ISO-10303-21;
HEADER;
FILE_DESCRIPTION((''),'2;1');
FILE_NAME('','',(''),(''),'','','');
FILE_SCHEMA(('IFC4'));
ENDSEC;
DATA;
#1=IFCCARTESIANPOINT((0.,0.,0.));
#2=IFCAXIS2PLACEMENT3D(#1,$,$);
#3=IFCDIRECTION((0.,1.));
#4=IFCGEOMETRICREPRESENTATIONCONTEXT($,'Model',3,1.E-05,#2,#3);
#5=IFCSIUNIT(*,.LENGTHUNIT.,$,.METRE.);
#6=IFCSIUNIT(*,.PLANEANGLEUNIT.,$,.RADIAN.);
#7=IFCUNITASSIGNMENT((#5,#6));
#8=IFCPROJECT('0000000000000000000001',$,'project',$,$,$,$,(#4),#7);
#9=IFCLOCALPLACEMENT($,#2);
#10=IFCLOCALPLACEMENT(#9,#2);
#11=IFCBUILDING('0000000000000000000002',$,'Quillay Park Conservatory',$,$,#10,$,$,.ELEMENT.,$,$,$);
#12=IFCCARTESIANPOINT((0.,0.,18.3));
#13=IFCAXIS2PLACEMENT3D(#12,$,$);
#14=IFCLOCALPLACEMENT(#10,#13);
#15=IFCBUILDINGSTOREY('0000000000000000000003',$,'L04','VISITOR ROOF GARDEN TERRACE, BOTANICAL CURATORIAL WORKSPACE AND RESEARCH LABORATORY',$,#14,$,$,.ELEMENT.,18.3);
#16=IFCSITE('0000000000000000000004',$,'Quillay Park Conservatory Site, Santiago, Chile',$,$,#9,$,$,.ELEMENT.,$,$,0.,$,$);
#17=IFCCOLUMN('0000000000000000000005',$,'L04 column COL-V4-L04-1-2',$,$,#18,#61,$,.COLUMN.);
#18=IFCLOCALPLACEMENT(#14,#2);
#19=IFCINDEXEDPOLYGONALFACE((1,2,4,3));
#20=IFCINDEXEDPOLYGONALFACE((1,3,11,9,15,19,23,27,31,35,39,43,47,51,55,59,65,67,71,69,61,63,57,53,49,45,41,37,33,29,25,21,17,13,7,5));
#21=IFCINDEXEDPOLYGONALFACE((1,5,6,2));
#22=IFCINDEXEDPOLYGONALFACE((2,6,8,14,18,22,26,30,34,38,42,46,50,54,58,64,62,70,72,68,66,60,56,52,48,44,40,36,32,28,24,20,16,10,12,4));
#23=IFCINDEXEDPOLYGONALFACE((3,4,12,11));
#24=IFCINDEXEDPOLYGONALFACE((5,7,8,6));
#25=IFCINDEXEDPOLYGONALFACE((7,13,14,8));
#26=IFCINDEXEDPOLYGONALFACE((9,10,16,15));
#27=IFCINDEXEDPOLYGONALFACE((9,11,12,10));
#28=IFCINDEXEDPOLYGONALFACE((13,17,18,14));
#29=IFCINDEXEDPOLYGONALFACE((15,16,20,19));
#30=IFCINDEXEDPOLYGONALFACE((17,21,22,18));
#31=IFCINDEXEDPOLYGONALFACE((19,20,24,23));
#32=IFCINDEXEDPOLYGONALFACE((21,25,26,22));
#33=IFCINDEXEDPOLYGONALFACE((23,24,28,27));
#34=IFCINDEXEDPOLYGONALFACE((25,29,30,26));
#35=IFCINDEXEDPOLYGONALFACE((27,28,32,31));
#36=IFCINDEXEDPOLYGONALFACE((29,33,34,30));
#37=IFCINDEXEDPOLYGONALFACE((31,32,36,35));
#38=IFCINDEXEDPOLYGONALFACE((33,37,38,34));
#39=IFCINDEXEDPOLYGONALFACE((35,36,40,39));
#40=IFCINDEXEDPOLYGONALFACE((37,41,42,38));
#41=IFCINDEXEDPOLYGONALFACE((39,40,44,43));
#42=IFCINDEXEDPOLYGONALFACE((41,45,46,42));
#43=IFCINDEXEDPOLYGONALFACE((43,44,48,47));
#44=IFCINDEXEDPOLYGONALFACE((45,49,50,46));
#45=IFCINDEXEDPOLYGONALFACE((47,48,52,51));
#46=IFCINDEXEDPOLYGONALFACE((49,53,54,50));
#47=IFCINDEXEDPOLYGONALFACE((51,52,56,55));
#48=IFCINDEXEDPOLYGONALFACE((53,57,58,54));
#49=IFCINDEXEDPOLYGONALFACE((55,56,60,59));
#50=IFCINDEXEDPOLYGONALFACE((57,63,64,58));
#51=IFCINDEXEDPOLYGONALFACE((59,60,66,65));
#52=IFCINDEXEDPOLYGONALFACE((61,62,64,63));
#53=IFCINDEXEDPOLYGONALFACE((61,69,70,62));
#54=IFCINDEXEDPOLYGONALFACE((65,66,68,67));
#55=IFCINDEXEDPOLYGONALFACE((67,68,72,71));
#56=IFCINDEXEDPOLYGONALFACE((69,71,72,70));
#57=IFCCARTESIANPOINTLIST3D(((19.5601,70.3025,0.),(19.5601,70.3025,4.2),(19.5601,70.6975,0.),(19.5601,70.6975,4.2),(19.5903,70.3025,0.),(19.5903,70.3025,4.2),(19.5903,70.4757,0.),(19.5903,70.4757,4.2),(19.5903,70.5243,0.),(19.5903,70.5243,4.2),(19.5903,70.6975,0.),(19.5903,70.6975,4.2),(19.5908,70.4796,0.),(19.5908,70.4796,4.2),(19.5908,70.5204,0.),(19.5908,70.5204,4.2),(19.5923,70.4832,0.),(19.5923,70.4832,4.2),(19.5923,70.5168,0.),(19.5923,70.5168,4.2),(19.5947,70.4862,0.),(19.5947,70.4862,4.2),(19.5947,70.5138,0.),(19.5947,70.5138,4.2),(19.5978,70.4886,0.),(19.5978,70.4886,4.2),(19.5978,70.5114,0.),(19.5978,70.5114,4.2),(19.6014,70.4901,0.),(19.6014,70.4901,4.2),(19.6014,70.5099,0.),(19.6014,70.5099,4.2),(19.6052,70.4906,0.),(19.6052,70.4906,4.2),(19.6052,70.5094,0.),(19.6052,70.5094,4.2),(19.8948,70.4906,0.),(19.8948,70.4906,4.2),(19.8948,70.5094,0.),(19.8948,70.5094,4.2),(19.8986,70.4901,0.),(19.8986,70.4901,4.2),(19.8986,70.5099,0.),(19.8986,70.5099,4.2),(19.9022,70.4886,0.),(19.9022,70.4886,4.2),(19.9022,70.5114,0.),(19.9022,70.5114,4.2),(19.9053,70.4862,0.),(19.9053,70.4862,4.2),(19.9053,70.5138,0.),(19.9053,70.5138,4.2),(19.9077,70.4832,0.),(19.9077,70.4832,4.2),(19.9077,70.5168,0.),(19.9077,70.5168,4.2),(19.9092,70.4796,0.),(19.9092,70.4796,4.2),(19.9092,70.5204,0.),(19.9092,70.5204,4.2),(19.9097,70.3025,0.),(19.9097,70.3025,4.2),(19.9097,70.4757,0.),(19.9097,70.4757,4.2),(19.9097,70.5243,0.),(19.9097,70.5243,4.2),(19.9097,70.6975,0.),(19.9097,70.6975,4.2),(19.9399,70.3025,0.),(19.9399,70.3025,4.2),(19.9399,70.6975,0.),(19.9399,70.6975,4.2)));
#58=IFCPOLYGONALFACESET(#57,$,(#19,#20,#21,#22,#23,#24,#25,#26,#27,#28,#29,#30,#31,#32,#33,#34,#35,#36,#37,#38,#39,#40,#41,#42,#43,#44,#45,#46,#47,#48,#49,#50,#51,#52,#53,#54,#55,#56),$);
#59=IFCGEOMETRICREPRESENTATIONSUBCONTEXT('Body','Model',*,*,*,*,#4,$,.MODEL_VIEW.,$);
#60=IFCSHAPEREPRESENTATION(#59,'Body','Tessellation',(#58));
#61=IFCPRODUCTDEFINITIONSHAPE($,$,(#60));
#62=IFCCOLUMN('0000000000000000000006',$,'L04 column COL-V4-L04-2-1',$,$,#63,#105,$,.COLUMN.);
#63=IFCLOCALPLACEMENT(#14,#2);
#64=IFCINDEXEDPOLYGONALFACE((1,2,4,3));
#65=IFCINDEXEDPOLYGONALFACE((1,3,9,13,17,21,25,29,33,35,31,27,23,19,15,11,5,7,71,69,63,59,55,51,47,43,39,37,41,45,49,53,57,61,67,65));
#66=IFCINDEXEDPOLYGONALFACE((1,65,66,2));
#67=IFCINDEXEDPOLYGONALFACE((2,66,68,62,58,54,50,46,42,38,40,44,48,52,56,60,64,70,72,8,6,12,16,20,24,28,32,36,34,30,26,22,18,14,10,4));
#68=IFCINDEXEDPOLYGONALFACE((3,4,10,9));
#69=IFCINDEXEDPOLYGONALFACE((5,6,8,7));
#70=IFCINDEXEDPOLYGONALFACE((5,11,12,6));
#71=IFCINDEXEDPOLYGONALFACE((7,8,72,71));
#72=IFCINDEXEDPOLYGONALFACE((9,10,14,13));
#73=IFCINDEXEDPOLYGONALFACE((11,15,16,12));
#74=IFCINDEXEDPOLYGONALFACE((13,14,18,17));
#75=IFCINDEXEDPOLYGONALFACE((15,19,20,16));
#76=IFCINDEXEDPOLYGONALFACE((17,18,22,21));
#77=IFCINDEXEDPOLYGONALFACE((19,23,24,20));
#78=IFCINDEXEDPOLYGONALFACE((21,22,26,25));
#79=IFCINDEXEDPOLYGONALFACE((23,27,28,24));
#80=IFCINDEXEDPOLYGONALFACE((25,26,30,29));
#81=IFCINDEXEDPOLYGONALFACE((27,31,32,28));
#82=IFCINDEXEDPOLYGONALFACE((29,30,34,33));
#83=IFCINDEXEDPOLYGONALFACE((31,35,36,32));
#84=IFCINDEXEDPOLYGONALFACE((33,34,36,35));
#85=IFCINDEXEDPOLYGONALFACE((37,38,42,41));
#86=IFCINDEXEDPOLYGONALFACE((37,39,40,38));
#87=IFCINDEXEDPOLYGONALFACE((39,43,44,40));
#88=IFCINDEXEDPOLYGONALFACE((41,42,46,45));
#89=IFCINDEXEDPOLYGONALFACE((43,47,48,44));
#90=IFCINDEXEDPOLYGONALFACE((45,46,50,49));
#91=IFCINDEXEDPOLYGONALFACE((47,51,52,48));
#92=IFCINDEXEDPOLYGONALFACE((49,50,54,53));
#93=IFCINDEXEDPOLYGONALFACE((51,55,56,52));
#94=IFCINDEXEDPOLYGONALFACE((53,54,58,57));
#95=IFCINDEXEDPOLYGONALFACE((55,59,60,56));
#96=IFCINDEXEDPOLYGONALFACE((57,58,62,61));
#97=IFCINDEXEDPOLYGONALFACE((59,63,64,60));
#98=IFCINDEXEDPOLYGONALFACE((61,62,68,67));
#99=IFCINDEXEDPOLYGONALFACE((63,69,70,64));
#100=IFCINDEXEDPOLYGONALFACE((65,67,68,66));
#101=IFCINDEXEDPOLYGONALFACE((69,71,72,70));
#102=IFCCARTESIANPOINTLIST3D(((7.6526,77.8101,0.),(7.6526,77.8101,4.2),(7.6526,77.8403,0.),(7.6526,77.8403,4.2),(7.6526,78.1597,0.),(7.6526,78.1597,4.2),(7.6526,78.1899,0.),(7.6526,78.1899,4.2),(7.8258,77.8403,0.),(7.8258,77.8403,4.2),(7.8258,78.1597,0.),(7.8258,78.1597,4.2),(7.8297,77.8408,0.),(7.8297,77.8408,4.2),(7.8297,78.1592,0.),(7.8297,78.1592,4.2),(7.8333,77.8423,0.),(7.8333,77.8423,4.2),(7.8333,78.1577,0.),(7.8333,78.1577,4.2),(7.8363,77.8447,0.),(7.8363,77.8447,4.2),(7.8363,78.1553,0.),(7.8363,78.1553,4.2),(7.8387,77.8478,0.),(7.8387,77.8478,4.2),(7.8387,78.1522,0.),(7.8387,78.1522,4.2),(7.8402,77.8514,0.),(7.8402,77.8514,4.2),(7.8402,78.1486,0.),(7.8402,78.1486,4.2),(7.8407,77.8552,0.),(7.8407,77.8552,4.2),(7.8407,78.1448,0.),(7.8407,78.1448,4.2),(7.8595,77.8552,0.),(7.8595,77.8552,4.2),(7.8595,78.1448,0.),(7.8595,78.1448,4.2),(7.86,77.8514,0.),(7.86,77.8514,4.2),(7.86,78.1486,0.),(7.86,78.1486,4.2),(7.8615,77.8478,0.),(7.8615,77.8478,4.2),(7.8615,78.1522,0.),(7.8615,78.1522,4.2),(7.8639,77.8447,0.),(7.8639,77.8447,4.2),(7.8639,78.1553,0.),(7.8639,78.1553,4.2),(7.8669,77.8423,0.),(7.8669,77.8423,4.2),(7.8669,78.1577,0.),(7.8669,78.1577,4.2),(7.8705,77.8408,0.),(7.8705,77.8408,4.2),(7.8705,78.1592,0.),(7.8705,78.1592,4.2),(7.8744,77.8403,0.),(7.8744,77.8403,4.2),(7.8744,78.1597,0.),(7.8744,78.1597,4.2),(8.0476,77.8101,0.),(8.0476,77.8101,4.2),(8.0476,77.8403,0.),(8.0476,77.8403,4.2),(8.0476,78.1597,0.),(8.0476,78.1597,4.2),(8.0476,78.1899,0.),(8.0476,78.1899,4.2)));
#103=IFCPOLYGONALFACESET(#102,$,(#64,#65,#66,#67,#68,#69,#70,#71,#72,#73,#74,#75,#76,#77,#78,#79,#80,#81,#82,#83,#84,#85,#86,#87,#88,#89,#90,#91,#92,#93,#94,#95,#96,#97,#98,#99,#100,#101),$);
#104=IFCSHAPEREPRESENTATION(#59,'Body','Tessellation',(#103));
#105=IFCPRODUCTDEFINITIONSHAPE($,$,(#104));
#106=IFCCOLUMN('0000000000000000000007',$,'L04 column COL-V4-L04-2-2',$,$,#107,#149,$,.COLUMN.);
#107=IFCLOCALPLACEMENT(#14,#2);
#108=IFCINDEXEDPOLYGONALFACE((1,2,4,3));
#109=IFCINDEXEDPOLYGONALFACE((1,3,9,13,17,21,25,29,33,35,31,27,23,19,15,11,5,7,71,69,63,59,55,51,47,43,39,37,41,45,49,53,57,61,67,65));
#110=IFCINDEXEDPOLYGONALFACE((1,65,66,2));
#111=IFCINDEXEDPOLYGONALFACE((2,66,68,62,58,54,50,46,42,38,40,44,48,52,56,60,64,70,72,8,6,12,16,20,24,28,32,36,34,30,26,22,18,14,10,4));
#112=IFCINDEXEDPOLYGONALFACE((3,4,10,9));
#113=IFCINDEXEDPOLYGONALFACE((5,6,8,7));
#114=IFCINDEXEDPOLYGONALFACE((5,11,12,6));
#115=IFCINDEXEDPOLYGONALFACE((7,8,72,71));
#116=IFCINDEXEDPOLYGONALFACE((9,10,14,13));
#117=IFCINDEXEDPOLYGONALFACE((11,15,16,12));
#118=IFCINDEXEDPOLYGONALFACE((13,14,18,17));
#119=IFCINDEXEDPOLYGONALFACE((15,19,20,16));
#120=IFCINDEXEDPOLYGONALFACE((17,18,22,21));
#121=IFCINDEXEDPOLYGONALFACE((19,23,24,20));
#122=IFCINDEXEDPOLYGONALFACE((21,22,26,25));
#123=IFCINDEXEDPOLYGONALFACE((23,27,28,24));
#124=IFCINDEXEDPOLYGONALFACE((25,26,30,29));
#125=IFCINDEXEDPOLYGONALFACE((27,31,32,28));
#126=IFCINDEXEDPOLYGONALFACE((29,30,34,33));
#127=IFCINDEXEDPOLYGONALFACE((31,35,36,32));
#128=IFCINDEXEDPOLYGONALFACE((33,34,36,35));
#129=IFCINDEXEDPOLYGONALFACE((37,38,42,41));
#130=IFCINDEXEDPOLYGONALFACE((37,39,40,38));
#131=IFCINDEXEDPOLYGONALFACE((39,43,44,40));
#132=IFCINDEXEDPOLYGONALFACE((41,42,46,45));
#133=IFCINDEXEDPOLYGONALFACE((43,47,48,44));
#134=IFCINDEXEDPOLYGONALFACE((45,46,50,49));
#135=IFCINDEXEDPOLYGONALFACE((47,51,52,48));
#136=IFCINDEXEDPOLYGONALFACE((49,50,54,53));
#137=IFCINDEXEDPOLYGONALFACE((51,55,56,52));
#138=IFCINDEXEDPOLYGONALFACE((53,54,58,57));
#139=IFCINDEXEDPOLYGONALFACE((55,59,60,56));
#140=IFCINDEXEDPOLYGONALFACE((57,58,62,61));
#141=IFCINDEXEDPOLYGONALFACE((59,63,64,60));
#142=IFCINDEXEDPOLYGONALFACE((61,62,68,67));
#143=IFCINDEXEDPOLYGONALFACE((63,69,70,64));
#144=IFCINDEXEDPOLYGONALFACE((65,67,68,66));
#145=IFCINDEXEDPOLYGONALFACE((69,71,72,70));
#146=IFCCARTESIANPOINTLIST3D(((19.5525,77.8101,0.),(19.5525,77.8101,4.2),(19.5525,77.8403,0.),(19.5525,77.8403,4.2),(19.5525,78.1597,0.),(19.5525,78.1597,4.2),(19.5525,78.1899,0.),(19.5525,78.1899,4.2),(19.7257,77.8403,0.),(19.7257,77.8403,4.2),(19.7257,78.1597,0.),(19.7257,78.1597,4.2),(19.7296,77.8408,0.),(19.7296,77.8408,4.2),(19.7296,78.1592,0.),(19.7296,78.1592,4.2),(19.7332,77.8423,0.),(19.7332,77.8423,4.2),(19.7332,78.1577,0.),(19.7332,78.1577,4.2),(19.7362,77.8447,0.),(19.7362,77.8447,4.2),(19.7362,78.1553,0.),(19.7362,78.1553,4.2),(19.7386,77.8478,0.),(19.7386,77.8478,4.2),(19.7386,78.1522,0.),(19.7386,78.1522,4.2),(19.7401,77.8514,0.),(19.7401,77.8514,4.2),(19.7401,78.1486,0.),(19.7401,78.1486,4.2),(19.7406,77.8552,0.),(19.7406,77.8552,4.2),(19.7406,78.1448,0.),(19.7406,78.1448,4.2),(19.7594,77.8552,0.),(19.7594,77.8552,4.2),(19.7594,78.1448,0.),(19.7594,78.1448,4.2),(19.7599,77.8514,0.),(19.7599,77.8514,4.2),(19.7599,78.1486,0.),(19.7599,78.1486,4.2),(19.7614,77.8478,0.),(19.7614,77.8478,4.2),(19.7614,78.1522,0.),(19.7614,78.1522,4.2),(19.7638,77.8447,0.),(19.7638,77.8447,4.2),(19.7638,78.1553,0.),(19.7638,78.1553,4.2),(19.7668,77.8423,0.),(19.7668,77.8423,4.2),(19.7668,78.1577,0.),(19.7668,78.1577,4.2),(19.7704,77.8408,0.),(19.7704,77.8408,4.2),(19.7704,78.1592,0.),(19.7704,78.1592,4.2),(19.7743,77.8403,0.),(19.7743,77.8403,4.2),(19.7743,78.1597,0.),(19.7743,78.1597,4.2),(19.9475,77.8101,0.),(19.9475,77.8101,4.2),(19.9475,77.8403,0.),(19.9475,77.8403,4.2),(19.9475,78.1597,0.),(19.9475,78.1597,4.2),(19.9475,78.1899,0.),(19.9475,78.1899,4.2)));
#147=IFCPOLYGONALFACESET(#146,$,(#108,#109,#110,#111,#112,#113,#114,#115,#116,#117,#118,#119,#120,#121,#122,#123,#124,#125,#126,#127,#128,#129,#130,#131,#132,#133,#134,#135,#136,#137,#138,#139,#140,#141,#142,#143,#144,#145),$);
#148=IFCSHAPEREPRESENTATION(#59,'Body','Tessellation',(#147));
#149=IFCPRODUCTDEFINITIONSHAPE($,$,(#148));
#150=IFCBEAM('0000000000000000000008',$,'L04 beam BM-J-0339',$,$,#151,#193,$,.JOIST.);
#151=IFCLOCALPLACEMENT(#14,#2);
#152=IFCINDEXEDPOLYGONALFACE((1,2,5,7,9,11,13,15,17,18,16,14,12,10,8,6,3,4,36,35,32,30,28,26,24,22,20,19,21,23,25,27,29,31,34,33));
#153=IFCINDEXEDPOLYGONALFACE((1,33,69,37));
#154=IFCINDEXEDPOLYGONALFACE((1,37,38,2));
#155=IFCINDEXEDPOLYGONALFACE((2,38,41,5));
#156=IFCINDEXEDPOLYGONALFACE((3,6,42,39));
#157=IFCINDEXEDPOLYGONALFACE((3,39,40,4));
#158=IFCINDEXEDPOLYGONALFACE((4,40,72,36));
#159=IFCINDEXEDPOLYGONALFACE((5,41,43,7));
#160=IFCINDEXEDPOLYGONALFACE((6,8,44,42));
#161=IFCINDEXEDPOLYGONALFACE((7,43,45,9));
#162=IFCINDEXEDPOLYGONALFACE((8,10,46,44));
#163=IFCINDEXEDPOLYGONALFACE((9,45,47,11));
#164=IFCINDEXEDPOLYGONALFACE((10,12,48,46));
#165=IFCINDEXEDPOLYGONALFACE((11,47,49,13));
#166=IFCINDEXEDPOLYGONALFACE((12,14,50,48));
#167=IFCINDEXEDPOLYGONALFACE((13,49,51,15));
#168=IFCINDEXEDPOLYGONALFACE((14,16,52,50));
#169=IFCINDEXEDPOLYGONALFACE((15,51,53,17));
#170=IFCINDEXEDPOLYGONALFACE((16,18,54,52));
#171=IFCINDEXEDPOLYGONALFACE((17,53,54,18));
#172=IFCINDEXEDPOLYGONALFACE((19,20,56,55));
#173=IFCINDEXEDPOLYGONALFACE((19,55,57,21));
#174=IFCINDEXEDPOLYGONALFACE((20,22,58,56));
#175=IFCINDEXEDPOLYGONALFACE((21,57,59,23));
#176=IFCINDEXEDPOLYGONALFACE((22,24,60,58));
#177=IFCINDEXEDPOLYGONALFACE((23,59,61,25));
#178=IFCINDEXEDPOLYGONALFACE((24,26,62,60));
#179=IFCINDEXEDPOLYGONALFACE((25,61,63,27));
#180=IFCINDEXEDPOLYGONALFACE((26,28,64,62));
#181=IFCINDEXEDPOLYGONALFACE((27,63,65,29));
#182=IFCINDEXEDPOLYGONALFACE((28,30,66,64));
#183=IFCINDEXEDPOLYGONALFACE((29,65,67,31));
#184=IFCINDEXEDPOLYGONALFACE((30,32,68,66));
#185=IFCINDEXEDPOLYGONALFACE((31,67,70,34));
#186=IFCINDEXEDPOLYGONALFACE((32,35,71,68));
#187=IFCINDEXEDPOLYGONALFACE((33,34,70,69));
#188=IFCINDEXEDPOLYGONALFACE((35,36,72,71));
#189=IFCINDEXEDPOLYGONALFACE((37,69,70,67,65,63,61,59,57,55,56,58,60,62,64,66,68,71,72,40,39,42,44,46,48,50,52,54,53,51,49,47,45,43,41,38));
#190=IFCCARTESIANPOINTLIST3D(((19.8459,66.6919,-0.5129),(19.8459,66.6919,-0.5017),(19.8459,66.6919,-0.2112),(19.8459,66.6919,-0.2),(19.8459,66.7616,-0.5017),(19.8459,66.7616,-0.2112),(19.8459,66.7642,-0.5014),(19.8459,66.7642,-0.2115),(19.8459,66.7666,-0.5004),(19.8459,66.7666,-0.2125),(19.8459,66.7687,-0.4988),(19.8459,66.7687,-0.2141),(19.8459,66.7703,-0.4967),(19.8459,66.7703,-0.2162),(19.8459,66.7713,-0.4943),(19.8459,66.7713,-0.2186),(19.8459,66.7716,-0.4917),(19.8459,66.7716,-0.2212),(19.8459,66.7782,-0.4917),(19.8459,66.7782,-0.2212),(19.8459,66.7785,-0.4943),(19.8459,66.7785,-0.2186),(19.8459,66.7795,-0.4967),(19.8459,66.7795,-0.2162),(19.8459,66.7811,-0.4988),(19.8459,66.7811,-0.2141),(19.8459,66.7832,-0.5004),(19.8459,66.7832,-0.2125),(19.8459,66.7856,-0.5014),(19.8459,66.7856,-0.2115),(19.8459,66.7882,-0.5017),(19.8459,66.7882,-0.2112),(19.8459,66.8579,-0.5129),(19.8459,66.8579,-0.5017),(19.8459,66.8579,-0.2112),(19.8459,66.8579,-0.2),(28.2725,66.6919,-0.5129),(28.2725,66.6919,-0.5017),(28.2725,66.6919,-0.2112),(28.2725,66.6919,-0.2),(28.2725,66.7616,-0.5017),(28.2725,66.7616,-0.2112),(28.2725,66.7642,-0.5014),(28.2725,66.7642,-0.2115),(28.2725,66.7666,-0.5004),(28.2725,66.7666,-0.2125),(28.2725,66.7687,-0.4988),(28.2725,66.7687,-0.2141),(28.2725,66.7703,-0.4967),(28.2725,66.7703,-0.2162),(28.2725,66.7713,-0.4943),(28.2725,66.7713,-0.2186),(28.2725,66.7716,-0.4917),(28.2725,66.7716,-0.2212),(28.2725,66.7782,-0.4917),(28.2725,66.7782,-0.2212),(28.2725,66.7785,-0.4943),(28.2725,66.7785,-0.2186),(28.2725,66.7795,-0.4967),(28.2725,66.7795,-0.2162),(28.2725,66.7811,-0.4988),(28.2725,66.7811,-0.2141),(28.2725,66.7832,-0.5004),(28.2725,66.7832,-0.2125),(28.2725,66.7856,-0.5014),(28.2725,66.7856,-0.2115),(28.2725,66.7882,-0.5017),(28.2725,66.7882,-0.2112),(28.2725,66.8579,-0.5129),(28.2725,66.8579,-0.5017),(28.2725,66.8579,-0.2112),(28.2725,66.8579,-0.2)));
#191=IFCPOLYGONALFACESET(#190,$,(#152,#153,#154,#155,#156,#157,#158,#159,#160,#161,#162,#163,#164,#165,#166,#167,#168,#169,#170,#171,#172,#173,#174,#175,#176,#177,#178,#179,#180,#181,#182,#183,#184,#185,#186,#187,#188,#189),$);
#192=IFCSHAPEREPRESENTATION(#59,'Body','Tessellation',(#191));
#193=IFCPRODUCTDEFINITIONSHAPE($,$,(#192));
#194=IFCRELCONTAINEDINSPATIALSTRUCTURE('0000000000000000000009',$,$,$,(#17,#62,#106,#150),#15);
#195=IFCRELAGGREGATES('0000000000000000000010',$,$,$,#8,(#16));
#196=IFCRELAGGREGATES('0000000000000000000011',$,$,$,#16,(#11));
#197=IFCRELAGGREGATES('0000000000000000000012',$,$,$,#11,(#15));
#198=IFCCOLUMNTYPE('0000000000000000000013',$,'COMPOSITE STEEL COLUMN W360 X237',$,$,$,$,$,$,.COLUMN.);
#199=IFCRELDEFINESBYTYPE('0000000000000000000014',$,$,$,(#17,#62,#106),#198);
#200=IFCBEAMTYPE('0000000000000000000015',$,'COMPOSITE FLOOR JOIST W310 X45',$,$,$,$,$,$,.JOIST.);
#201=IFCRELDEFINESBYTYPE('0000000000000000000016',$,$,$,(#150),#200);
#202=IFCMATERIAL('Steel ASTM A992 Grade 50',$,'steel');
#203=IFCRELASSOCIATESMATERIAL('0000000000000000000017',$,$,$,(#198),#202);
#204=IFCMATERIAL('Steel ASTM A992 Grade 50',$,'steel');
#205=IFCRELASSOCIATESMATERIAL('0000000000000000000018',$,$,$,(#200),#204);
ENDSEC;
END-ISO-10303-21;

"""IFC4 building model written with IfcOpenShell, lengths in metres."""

from ifc_helpers import new_model, si_unit, direction, frame, origin, origin_2d, place, context, subcontext, project, spatial, i_section, extrude, material, material_profile, profile_set, type_object, element, save


model = new_model("IFC4")

# Units and contexts
model_context = context("Model", 3, precision=1e-05, world=origin(), true_north=direction((0.0, 1.0)))
body_context = subcontext(model_context, "Body", "Model", "MODEL_VIEW")
ifc_project = project(units=[si_unit("LENGTHUNIT", "METRE"), si_unit("PLANEANGLEUNIT", "RADIAN")], contexts=[model_context])

# Site, building, storey
site_placement = place(None, origin())
site = spatial("IfcSite", under=ifc_project, at=site_placement, Name="Quillay Park Conservatory Site, Santiago, Chile", CompositionType="ELEMENT", RefElevation=0.0)
building_placement = place(site_placement, origin())
building = spatial("IfcBuilding", under=site, at=building_placement, Name="Quillay Park Conservatory", CompositionType="ELEMENT")
storey_placement = place(building_placement, frame((0.0, 0.0, 18.3)))
storey = spatial("IfcBuildingStorey", under=building, at=storey_placement, Name="L04", Description="VISITOR ROOF GARDEN TERRACE, BOTANICAL CURATORIAL WORKSPACE AND RESEARCH LABORATORY", CompositionType="ELEMENT", Elevation=18.3)

# Columns
ifc_material_1 = material(Name="Steel ASTM A992 Grade 50", Category="steel")
ifc_material_profile_1 = material_profile(ifc_material_1, i_section(OverallWidth=0.395, OverallDepth=0.3799, WebThickness=0.0188, FlangeThickness=0.0303, FilletRadius=0.0149, at=origin_2d()), Name="W360x237")
ifc_profile_set_1 = profile_set([ifc_material_profile_1], Name="Steel ASTM A992 Grade 50")
column_type = type_object("IfcColumnType", Name="COMPOSITE STEEL COLUMN W360 X237", PredefinedType="COLUMN", material=ifc_profile_set_1)
for number, where, z_axis, x_axis, name in (
    (1, (19.75, 70.5, 0.0), (0.0, 0.0, 1.0), (0.0, 1.0, 0.0), "L04 column COL-V4-L04-1-2"),
    (2, (7.8501, 78.0, 0.0), (0.0, 0.0, 1.0), (1.0, 0.0, 0.0), "L04 column COL-V4-L04-2-1"),
    (3, (19.75, 78.0, 0.0), (0.0, 0.0, 1.0), (1.0, 0.0, 0.0), "L04 column COL-V4-L04-2-2"),
):
    element("IfcColumn", number, at=place(storey_placement, frame(where, z_axis=z_axis, x_axis=x_axis)), inside=storey, type_object=column_type, Name=name, PredefinedType="COLUMN", context=body_context, shape_type="SweptSolid", body=[
        extrude(i_section(OverallWidth=0.395, OverallDepth=0.3799, WebThickness=0.0188, FlangeThickness=0.0303, FilletRadius=0.0149, at=origin_2d()), origin(), (0.0, 0.0, 1.0), 4.2),
    ])

# Beam
ifc_material_2 = material(Name="Steel ASTM A992 Grade 50", Category="steel")
ifc_material_profile_2 = material_profile(ifc_material_2, i_section(OverallWidth=0.166, OverallDepth=0.313, WebThickness=0.0066, FlangeThickness=0.0112, FilletRadius=0.01, at=origin_2d()), Name="W310x45")
ifc_profile_set_2 = profile_set([ifc_material_profile_2], Name="Steel ASTM A992 Grade 50")
beam_type_1 = type_object("IfcBeamType", Name="COMPOSITE FLOOR JOIST W310 X45", PredefinedType="JOIST", material=ifc_profile_set_2)
beam_1_placement = place(storey_placement, frame((19.8459, 66.7749, -0.3564), z_axis=(1.0, 0.0, 0.0), x_axis=(0.0, 1.0, 0.0)))
element("IfcBeam", 4, at=beam_1_placement, inside=storey, type_object=beam_type_1, Name="L04 beam BM-J-0339", PredefinedType="JOIST", context=body_context, shape_type="SweptSolid", body=[
    extrude(i_section(OverallWidth=0.166, OverallDepth=0.313, WebThickness=0.0066, FlangeThickness=0.0112, FilletRadius=0.01, at=origin_2d()), origin(), (0.0, 0.0, 1.0), 8.4265),
])

save(model, "model.ifc")
